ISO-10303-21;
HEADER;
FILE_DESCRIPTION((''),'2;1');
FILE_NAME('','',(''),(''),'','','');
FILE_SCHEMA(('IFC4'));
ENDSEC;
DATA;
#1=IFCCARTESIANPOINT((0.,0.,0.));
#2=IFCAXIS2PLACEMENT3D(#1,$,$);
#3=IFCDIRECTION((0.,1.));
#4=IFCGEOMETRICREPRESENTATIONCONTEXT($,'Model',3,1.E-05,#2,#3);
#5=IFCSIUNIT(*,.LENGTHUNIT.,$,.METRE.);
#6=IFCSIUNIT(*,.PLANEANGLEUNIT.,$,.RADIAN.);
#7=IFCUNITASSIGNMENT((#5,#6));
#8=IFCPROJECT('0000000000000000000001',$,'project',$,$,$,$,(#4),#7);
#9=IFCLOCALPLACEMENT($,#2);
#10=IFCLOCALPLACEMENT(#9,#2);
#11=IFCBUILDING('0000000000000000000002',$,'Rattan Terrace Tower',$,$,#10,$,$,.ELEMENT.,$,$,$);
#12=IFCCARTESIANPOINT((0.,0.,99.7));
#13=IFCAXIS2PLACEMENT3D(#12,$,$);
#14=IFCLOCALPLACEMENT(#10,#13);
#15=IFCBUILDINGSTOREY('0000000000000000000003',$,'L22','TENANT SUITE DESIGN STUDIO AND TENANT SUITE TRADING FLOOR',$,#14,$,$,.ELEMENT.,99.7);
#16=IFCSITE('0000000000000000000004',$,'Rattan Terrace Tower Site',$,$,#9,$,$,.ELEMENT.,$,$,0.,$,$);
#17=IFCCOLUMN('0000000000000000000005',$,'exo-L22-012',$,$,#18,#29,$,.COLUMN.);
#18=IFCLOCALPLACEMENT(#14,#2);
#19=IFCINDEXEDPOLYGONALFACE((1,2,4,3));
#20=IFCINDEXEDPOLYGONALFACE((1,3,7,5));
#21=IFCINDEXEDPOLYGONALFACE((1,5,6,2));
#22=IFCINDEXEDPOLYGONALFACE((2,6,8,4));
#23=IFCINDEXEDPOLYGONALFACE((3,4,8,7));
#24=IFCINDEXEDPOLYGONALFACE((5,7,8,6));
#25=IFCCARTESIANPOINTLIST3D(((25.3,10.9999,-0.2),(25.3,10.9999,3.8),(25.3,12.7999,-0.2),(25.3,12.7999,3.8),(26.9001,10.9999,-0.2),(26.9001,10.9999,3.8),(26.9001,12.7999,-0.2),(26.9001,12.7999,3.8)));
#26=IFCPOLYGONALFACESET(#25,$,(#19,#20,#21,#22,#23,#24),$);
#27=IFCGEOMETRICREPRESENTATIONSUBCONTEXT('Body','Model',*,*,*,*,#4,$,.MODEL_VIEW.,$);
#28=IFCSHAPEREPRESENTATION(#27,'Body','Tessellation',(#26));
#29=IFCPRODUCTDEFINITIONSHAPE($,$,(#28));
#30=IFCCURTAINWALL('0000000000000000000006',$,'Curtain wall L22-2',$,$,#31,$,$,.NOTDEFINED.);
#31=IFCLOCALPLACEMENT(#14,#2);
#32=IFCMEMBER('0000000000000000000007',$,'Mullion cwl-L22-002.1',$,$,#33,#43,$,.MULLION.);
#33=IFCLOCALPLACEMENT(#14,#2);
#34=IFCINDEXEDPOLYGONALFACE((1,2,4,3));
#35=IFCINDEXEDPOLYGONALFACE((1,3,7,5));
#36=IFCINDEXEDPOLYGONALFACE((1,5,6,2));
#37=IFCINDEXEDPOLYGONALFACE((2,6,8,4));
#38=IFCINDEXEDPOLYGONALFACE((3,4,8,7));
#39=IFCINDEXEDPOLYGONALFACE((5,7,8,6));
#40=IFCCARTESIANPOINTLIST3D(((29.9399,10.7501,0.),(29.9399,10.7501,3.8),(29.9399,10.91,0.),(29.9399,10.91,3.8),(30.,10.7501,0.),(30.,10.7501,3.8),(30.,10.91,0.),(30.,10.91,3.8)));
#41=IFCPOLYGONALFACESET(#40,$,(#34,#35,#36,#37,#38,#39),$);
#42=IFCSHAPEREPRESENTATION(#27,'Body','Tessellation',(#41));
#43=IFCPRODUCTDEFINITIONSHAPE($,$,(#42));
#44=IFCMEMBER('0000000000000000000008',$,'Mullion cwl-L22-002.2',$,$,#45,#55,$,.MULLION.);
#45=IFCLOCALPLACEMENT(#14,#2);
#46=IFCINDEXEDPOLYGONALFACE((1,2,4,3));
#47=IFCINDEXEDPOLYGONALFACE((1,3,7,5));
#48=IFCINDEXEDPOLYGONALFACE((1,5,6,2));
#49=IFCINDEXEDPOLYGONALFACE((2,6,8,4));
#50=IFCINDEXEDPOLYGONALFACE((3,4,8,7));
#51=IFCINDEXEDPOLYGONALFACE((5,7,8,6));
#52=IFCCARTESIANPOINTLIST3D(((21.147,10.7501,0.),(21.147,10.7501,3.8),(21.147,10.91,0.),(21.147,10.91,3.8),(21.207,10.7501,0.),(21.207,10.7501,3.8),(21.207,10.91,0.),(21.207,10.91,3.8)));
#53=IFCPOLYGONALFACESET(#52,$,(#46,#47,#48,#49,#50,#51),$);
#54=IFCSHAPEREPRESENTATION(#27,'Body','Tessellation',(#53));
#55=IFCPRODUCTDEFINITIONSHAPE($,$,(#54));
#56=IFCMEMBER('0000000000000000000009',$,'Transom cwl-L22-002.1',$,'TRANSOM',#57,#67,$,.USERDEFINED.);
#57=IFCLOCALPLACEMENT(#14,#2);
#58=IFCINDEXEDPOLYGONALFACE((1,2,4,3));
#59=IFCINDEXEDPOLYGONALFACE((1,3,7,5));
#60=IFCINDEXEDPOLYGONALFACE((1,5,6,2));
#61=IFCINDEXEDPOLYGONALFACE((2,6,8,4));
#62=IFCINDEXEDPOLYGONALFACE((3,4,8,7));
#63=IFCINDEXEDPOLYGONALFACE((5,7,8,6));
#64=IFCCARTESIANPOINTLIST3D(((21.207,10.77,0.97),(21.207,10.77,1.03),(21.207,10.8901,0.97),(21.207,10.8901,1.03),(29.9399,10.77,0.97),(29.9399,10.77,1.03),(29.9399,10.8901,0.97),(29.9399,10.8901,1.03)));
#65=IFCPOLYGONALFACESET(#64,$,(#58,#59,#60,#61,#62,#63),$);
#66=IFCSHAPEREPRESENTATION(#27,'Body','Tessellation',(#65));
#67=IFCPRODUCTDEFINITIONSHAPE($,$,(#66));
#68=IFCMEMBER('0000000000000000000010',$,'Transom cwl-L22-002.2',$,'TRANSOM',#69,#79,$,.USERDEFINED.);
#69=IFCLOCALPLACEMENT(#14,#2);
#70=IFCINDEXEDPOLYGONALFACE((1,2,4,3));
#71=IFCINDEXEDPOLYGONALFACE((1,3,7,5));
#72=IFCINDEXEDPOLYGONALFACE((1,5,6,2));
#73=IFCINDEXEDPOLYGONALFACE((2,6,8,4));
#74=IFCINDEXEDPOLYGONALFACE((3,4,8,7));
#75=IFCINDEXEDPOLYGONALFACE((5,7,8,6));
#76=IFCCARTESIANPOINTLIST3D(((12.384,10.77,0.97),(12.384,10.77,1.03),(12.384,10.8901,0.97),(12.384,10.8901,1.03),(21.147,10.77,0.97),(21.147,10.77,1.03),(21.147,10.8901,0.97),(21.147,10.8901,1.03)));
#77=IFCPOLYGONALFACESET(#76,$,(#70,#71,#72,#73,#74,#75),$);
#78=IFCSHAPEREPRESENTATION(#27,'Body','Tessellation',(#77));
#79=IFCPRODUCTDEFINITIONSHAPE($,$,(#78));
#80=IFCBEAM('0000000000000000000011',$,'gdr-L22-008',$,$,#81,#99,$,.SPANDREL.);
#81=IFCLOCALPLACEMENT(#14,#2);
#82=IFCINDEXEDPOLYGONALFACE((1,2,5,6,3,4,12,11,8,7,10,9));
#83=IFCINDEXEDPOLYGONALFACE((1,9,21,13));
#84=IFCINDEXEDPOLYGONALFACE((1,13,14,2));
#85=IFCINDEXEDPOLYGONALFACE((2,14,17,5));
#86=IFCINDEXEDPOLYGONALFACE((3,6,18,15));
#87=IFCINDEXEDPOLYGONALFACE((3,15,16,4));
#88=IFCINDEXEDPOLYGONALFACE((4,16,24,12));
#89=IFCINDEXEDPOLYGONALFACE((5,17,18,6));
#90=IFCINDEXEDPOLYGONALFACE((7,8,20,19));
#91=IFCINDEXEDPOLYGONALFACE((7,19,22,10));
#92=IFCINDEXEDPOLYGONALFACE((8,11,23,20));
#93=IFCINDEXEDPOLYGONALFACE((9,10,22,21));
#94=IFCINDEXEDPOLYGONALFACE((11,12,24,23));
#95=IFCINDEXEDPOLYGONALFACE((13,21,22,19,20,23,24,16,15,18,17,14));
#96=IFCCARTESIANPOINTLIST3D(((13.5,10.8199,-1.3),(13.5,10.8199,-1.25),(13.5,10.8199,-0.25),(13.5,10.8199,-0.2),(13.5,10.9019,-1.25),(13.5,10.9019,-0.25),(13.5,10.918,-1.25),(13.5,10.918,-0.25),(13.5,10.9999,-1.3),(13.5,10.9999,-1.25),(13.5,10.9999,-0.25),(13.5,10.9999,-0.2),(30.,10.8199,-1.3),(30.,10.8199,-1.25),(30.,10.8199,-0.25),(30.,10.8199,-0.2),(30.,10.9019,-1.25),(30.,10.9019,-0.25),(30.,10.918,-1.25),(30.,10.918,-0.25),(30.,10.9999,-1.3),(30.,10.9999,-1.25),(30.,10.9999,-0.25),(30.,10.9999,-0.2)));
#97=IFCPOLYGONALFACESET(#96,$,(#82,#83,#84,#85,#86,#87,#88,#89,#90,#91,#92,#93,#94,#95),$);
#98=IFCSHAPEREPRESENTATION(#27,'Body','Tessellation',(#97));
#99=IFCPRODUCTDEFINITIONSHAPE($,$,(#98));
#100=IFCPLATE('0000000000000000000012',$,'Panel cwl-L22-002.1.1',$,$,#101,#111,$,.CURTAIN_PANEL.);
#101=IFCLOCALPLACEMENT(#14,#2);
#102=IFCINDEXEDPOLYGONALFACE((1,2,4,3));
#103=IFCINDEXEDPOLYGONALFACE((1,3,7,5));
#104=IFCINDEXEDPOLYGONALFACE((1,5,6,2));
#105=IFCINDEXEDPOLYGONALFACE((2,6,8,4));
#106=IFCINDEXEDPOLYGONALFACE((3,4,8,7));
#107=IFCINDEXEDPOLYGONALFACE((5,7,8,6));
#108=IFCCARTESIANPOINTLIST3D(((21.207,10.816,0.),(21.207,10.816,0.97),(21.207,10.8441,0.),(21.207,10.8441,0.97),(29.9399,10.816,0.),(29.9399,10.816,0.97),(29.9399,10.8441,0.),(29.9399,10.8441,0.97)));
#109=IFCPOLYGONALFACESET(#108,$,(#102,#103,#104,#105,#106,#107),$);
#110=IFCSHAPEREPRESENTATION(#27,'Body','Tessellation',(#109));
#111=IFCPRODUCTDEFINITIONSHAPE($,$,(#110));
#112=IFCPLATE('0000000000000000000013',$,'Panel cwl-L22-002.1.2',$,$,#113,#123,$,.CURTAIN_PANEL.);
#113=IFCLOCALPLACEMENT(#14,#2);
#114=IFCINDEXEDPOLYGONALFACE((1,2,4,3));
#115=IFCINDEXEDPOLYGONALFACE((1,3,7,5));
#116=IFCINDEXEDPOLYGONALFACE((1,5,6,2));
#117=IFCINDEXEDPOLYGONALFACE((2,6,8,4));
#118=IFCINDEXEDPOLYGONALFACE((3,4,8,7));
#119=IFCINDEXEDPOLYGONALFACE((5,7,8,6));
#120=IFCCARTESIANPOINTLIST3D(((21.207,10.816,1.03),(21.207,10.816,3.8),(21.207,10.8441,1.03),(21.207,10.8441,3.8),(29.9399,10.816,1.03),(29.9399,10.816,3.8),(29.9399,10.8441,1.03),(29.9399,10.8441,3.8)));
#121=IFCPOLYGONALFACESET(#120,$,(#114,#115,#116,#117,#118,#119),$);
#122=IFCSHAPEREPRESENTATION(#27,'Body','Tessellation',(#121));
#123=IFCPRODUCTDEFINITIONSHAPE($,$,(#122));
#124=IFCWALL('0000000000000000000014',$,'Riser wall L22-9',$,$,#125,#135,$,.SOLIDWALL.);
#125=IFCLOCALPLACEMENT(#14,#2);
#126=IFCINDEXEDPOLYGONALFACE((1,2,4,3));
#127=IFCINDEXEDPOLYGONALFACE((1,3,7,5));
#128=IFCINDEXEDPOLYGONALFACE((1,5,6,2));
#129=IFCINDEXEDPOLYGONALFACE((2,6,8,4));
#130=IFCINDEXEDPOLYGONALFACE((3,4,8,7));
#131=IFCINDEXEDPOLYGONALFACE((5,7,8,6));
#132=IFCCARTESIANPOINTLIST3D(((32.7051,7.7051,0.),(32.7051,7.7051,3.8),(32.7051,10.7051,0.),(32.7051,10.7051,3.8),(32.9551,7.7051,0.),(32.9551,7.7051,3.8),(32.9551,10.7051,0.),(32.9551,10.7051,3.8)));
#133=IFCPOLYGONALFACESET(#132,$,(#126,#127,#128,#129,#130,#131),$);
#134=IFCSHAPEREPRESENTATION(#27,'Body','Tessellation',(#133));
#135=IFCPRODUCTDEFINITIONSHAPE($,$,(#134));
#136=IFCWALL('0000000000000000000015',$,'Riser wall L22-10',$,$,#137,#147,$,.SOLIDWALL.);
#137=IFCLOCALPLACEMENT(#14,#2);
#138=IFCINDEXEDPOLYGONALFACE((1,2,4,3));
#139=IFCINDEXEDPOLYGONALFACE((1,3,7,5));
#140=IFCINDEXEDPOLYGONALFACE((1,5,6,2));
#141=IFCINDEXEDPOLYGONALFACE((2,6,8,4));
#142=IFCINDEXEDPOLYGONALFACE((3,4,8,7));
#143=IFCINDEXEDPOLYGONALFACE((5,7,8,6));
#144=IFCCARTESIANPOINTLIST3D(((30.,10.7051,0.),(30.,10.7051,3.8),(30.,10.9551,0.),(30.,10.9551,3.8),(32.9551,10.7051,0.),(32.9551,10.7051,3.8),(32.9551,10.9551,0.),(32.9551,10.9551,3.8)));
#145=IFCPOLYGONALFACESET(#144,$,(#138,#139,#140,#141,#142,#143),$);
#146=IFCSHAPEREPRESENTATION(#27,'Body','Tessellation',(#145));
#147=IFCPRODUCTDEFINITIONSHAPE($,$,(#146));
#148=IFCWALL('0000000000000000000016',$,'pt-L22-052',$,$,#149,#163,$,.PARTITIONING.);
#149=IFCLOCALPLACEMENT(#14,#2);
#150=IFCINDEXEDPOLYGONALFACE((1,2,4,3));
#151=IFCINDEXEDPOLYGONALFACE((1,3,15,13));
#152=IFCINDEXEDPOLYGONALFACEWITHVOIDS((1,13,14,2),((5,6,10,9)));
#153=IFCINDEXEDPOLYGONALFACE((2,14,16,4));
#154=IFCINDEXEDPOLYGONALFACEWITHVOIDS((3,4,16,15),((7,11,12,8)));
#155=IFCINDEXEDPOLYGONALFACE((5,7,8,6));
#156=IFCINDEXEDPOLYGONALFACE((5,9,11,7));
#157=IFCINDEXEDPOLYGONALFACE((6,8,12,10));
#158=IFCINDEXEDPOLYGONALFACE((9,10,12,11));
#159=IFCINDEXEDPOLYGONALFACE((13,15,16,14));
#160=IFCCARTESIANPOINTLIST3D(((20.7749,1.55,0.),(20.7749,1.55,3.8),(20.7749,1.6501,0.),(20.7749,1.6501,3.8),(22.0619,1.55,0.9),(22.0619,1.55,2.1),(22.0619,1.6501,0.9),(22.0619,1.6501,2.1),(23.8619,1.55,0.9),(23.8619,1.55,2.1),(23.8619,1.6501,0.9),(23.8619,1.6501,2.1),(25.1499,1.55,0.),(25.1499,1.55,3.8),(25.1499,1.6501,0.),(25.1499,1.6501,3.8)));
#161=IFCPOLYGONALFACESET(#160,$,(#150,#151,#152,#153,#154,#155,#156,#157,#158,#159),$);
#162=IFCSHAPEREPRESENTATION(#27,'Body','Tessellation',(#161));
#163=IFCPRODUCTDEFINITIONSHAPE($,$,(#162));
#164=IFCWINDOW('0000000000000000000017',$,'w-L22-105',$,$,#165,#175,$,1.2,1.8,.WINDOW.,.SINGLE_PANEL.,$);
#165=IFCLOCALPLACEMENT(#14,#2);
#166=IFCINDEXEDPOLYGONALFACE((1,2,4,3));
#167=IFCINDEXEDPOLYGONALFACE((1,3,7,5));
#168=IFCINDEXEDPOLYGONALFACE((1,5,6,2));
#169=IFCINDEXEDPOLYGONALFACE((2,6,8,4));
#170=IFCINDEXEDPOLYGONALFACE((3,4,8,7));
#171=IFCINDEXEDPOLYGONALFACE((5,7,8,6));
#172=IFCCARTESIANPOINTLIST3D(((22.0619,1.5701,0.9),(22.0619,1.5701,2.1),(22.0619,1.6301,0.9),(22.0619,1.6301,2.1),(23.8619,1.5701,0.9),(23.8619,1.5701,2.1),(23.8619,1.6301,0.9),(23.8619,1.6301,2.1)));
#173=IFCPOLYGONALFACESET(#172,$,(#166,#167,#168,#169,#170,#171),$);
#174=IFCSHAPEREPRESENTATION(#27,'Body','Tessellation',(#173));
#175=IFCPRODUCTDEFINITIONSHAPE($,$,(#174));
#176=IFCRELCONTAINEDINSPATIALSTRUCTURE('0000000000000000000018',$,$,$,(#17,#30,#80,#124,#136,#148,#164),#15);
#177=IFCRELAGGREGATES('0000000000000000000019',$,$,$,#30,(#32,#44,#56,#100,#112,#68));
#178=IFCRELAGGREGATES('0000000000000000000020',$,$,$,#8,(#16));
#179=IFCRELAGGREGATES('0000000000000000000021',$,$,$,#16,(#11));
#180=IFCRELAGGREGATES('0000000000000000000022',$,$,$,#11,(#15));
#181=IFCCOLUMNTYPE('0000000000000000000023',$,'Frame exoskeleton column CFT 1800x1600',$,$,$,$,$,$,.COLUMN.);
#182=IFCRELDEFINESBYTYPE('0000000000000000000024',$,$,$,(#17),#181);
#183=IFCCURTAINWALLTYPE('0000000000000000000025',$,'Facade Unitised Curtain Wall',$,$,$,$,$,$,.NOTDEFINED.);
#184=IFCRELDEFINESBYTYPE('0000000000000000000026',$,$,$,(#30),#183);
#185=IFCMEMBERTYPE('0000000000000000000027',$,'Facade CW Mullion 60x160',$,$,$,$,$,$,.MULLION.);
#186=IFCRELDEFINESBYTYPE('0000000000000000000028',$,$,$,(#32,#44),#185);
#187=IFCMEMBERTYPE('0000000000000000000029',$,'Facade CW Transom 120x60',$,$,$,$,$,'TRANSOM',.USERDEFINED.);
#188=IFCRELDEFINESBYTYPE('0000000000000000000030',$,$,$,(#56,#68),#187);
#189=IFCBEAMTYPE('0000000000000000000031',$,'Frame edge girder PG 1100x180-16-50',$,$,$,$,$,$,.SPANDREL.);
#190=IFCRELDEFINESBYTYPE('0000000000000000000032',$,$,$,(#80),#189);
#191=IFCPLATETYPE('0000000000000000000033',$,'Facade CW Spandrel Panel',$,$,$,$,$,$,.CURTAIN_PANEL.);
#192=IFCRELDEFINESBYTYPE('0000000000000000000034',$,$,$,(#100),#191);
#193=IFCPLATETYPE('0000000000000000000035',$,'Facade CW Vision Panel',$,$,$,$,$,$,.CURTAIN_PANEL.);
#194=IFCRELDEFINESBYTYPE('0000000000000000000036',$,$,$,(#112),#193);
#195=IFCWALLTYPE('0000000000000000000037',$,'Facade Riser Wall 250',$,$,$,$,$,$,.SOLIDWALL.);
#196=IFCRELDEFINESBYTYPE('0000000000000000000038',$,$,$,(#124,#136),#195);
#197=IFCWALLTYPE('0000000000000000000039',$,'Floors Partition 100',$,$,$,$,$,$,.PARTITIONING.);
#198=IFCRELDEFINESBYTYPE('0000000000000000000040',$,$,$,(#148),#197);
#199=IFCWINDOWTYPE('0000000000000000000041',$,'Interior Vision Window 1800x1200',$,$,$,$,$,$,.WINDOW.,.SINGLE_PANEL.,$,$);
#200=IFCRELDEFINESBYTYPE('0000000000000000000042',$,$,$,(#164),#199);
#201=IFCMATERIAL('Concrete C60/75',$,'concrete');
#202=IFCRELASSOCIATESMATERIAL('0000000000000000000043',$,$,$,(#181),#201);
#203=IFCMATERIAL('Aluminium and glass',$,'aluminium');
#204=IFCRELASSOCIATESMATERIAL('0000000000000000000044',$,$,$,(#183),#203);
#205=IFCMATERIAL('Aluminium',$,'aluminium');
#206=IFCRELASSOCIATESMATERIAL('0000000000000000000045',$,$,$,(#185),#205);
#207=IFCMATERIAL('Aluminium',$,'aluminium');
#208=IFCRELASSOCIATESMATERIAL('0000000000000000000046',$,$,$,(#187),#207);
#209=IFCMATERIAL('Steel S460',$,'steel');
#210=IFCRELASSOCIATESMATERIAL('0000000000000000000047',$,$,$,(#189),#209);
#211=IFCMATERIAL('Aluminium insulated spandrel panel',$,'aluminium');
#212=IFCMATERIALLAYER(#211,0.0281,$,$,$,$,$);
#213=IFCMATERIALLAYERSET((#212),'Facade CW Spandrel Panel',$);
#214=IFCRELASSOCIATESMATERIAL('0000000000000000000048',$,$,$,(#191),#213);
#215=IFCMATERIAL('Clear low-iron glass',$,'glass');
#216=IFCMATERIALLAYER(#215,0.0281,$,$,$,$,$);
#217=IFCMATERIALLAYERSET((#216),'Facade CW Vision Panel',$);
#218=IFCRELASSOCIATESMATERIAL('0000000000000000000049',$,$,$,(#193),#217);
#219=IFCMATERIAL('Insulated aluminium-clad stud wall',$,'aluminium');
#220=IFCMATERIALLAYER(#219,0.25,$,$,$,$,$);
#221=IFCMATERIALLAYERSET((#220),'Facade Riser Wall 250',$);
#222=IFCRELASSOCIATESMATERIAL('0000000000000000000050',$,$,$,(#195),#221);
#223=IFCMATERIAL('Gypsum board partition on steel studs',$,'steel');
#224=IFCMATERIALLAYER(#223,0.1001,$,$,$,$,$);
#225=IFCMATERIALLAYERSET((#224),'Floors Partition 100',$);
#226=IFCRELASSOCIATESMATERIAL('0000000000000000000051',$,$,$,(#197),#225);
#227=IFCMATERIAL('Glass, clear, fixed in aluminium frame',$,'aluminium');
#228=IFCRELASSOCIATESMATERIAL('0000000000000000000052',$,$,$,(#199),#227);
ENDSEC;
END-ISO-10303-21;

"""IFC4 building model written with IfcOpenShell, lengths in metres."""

from ifc_helpers import new_model, si_unit, direction, frame, frame_2d, origin, origin_2d, place, context, subcontext, project, spatial, rectangle, i_section, extrude, material, layer, layer_set, material_profile, profile_set, type_object, element, fill, aggregate, save


model = new_model("IFC4")

# Units and contexts
model_context = context("Model", 3, precision=1e-05, world=origin(), true_north=direction((0.0, 1.0)))
body_context = subcontext(model_context, "Body", "Model", "MODEL_VIEW")
ifc_project = project(units=[si_unit("LENGTHUNIT", "METRE"), si_unit("PLANEANGLEUNIT", "RADIAN")], contexts=[model_context])

# Site, building, storey
site_placement = place(None, origin())
site = spatial("IfcSite", under=ifc_project, at=site_placement, Name="Rattan Terrace Tower Site", CompositionType="ELEMENT", RefElevation=0.0)
building_placement = place(site_placement, origin())
building = spatial("IfcBuilding", under=site, at=building_placement, Name="Rattan Terrace Tower", CompositionType="ELEMENT")
storey_placement = place(building_placement, frame((0.0, 0.0, 99.7)))
storey = spatial("IfcBuildingStorey", under=building, at=storey_placement, Name="L22", Description="TENANT SUITE DESIGN STUDIO AND TENANT SUITE TRADING FLOOR", CompositionType="ELEMENT", Elevation=99.7)

# Column
ifc_material_1 = material(Name="Concrete C60/75", Category="concrete")
ifc_material_profile_1 = material_profile(ifc_material_1, rectangle(XDim=1.6001, YDim=1.8, at=origin_2d()), Name="CFT 1800x1600")
ifc_profile_set_1 = profile_set([ifc_material_profile_1], Name="Concrete C60/75")
column_type = type_object("IfcColumnType", Name="Frame exoskeleton column CFT 1800x1600", PredefinedType="COLUMN", material=ifc_profile_set_1)
column_placement = place(storey_placement, frame((26.1001, 11.8999, -0.2), z_axis=(0.0, 0.0, 1.0), x_axis=(1.0, 0.0, 0.0)))
element("IfcColumn", 1, at=column_placement, inside=storey, type_object=column_type, Name="exo-L22-012", PredefinedType="COLUMN", context=body_context, shape_type="SweptSolid", body=[
    extrude(rectangle(XDim=1.6001, YDim=1.8, at=origin_2d()), origin(), (0.0, 0.0, 1.0), 4.0),
])

# Curtain wall, members
ifc_material_2 = material(Name="Aluminium and glass", Category="aluminium")
curtain_wall_type = type_object("IfcCurtainWallType", Name="Facade Unitised Curtain Wall", PredefinedType="NOTDEFINED", material=ifc_material_2)
curtain_wall_placement = place(storey_placement, origin())
curtain_wall = element("IfcCurtainWall", 2, at=curtain_wall_placement, inside=storey, type_object=curtain_wall_type, Name="Curtain wall L22-2", PredefinedType="NOTDEFINED")
ifc_material_3 = material(Name="Aluminium", Category="aluminium")
ifc_material_profile_2 = material_profile(ifc_material_3, rectangle(XDim=0.0601, YDim=0.1599, at=origin_2d()), Name="Aluminium 60x160")
ifc_profile_set_2 = profile_set([ifc_material_profile_2], Name="Aluminium")
member_type_1 = type_object("IfcMemberType", Name="Facade CW Mullion 60x160", PredefinedType="MULLION", material=ifc_profile_set_2)
member_1_placement = place(storey_placement, frame((29.97, 10.8301, 0.0), z_axis=(0.0, 0.0, 1.0), x_axis=(-1.0, 0.0, 0.0)))
member_1 = element("IfcMember", 3, at=member_1_placement, type_object=member_type_1, Name="Mullion cwl-L22-002.1", PredefinedType="MULLION", context=body_context, shape_type="SweptSolid", body=[
    extrude(rectangle(XDim=0.0601, YDim=0.1599, at=origin_2d()), origin(), (0.0, 0.0, 1.0), 3.8),
])
member_2_placement = place(storey_placement, frame((21.177, 10.8301, 0.0), z_axis=(0.0, 0.0, 1.0), x_axis=(-1.0, 0.0, 0.0)))
member_2 = element("IfcMember", 4, at=member_2_placement, type_object=member_type_1, Name="Mullion cwl-L22-002.2", PredefinedType="MULLION", context=body_context, shape_type="SweptSolid", body=[
    extrude(rectangle(XDim=0.0601, YDim=0.1599, at=origin_2d()), origin(), (0.0, 0.0, 1.0), 3.8),
])
ifc_material_4 = material(Name="Aluminium", Category="aluminium")
ifc_material_profile_3 = material_profile(ifc_material_4, rectangle(XDim=0.1201, YDim=0.0601, at=origin_2d()), Name="Aluminium 120x60")
ifc_profile_set_3 = profile_set([ifc_material_profile_3], Name="Aluminium")
member_type_2 = type_object("IfcMemberType", Name="Facade CW Transom 120x60", ElementType="TRANSOM", PredefinedType="USERDEFINED", material=ifc_profile_set_3)
member_3_placement = place(storey_placement, frame((29.9399, 10.8301, 1.0), z_axis=(-1.0, 0.0, 0.0), x_axis=(0.0, -1.0, 0.0)))
member_3 = element("IfcMember", 5, at=member_3_placement, type_object=member_type_2, Name="Transom cwl-L22-002.1", ObjectType="TRANSOM", PredefinedType="USERDEFINED", context=body_context, shape_type="SweptSolid", body=[
    extrude(rectangle(XDim=0.1201, YDim=0.0601, at=origin_2d()), origin(), (0.0, 0.0, 1.0), 8.7329),
])
member_4_placement = place(storey_placement, frame((21.147, 10.8301, 1.0), z_axis=(-1.0, 0.0, 0.0), x_axis=(0.0, -1.0, 0.0)))
member_4 = element("IfcMember", 6, at=member_4_placement, type_object=member_type_2, Name="Transom cwl-L22-002.2", ObjectType="TRANSOM", PredefinedType="USERDEFINED", context=body_context, shape_type="SweptSolid", body=[
    extrude(rectangle(XDim=0.1201, YDim=0.0601, at=origin_2d()), origin(), (0.0, 0.0, 1.0), 8.7629),
])

# Beam
ifc_material_5 = material(Name="Steel S460", Category="steel")
ifc_material_profile_4 = material_profile(ifc_material_5, i_section(OverallWidth=0.1799, OverallDepth=1.1001, WebThickness=0.0161, FlangeThickness=0.05, at=origin_2d()), Name="PG 1100x180-16-50")
ifc_profile_set_4 = profile_set([ifc_material_profile_4], Name="Steel S460")
beam_type = type_object("IfcBeamType", Name="Frame edge girder PG 1100x180-16-50", PredefinedType="SPANDREL", material=ifc_profile_set_4)
beam_placement = place(storey_placement, frame((30.0, 10.9099, -0.75), z_axis=(-1.0, 0.0, 0.0), x_axis=(0.0, -1.0, 0.0)))
element("IfcBeam", 7, at=beam_placement, inside=storey, type_object=beam_type, Name="gdr-L22-008", PredefinedType="SPANDREL", context=body_context, shape_type="SweptSolid", body=[
    extrude(i_section(OverallWidth=0.1799, OverallDepth=1.1001, WebThickness=0.0161, FlangeThickness=0.05, at=origin_2d()), origin(), (0.0, 0.0, 1.0), 16.5),
])

# Plates
ifc_material_6 = material(Name="Aluminium insulated spandrel panel", Category="aluminium")
ifc_layer_1 = layer(ifc_material_6, 0.0281)
ifc_layer_set_1 = layer_set([ifc_layer_1], Name="Facade CW Spandrel Panel")
plate_type_1 = type_object("IfcPlateType", Name="Facade CW Spandrel Panel", PredefinedType="CURTAIN_PANEL", material=ifc_layer_set_1)
plate_1_placement = place(storey_placement, frame((25.5735, 10.8301, 0.0), z_axis=(0.0, 0.0, 1.0), x_axis=(-1.0, 0.0, 0.0)))
plate_1 = element("IfcPlate", 8, at=plate_1_placement, type_object=plate_type_1, Name="Panel cwl-L22-002.1.1", PredefinedType="CURTAIN_PANEL", context=body_context, shape_type="SweptSolid", body=[
    extrude(rectangle(XDim=8.7329, YDim=0.0281, at=origin_2d()), origin(), (0.0, 0.0, 1.0), 0.97),
])
ifc_material_7 = material(Name="Clear low-iron glass", Category="glass")
ifc_layer_2 = layer(ifc_material_7, 0.0281)
ifc_layer_set_2 = layer_set([ifc_layer_2], Name="Facade CW Vision Panel")
plate_type_2 = type_object("IfcPlateType", Name="Facade CW Vision Panel", PredefinedType="CURTAIN_PANEL", material=ifc_layer_set_2)
plate_2_placement = place(storey_placement, frame((25.5735, 10.8301, 1.03), z_axis=(0.0, 0.0, 1.0), x_axis=(-1.0, 0.0, 0.0)))
plate_2 = element("IfcPlate", 9, at=plate_2_placement, type_object=plate_type_2, Name="Panel cwl-L22-002.1.2", PredefinedType="CURTAIN_PANEL", context=body_context, shape_type="SweptSolid", body=[
    extrude(rectangle(XDim=8.7329, YDim=0.0281, at=origin_2d()), origin(), (0.0, 0.0, 1.0), 2.77),
])
aggregate(curtain_wall, [member_1, member_2, member_3, plate_1, plate_2, member_4])

# Walls
ifc_material_8 = material(Name="Insulated aluminium-clad stud wall", Category="aluminium")
ifc_layer_3 = layer(ifc_material_8, 0.25)
ifc_layer_set_3 = layer_set([ifc_layer_3], Name="Facade Riser Wall 250")
wall_type_1 = type_object("IfcWallType", Name="Facade Riser Wall 250", PredefinedType="SOLIDWALL", material=ifc_layer_set_3)
wall_1_placement = place(storey_placement, frame((32.8301, 7.7051, 0.0), z_axis=(0.0, 0.0, 1.0), x_axis=(0.0, 1.0, 0.0)))
element("IfcWall", 10, at=wall_1_placement, inside=storey, type_object=wall_type_1, Name="Riser wall L22-9", PredefinedType="SOLIDWALL", context=body_context, shape_type="SweptSolid", body=[
    extrude(rectangle(XDim=3.0, YDim=0.25, at=frame_2d((1.5, 0.0))), origin(), (0.0, 0.0, 1.0), 3.8),
])
wall_2_placement = place(storey_placement, frame((32.9551, 10.8301, 0.0), z_axis=(0.0, 0.0, 1.0), x_axis=(-1.0, 0.0, 0.0)))
element("IfcWall", 11, at=wall_2_placement, inside=storey, type_object=wall_type_1, Name="Riser wall L22-10", PredefinedType="SOLIDWALL", context=body_context, shape_type="SweptSolid", body=[
    extrude(rectangle(XDim=2.9551, YDim=0.25, at=frame_2d((1.4775, 0.0))), origin(), (0.0, 0.0, 1.0), 3.8),
])

# Wall, opening, window
ifc_material_9 = material(Name="Gypsum board partition on steel studs", Category="steel")
ifc_layer_4 = layer(ifc_material_9, 0.1001)
ifc_layer_set_4 = layer_set([ifc_layer_4], Name="Floors Partition 100")
wall_type_2 = type_object("IfcWallType", Name="Floors Partition 100", PredefinedType="PARTITIONING", material=ifc_layer_set_4)
wall_3_placement = place(storey_placement, frame((25.1499, 1.6001, 0.0), z_axis=(0.0, 0.0, 1.0), x_axis=(-1.0, 0.0, 0.0)))
wall_3 = element("IfcWall", 12, at=wall_3_placement, inside=storey, type_object=wall_type_2, Name="pt-L22-052", PredefinedType="PARTITIONING", context=body_context, shape_type="SweptSolid", body=[
    extrude(rectangle(XDim=4.375, YDim=0.1001, at=frame_2d((2.1875, 0.0))), origin(), (0.0, 0.0, 1.0), 3.8),
])
opening_1_placement = place(wall_3_placement, frame((1.2881, 0.0, 0.8999)))
opening_1 = element("IfcOpeningElement", 13, at=opening_1_placement, cuts=wall_3, PredefinedType="OPENING", context=body_context, shape_type="SweptSolid", body=[
    extrude(rectangle(XDim=1.8, YDim=1.2, at=frame_2d((0.8999, 0.6001))), frame((0.0, 0.0605, 0.0), z_axis=(0.0, -1.0, 0.0), x_axis=(1.0, 0.0, 0.0)), (0.0, 0.0, 1.0), 0.1211),
])
ifc_material_10 = material(Name="Glass, clear, fixed in aluminium frame", Category="aluminium")
window_type = type_object("IfcWindowType", Name="Interior Vision Window 1800x1200", PartitioningType="SINGLE_PANEL", PredefinedType="WINDOW", material=ifc_material_10)
window_1_placement = place(opening_1_placement, origin())
window_1 = element("IfcWindow", 14, at=window_1_placement, inside=storey, type_object=window_type, Name="w-L22-105", OverallHeight=1.2, OverallWidth=1.8, PartitioningType="SINGLE_PANEL", PredefinedType="WINDOW", context=body_context, shape_type="SweptSolid", body=[
    extrude(rectangle(XDim=1.8, YDim=1.2, at=frame_2d((0.8999, 0.6001))), frame((0.0, 0.03, 0.0), z_axis=(0.0, -1.0, 0.0), x_axis=(1.0, 0.0, 0.0)), (0.0, 0.0, 1.0), 0.0601),
])
fill(opening_1, window_1)

save(model, "model.ifc")
